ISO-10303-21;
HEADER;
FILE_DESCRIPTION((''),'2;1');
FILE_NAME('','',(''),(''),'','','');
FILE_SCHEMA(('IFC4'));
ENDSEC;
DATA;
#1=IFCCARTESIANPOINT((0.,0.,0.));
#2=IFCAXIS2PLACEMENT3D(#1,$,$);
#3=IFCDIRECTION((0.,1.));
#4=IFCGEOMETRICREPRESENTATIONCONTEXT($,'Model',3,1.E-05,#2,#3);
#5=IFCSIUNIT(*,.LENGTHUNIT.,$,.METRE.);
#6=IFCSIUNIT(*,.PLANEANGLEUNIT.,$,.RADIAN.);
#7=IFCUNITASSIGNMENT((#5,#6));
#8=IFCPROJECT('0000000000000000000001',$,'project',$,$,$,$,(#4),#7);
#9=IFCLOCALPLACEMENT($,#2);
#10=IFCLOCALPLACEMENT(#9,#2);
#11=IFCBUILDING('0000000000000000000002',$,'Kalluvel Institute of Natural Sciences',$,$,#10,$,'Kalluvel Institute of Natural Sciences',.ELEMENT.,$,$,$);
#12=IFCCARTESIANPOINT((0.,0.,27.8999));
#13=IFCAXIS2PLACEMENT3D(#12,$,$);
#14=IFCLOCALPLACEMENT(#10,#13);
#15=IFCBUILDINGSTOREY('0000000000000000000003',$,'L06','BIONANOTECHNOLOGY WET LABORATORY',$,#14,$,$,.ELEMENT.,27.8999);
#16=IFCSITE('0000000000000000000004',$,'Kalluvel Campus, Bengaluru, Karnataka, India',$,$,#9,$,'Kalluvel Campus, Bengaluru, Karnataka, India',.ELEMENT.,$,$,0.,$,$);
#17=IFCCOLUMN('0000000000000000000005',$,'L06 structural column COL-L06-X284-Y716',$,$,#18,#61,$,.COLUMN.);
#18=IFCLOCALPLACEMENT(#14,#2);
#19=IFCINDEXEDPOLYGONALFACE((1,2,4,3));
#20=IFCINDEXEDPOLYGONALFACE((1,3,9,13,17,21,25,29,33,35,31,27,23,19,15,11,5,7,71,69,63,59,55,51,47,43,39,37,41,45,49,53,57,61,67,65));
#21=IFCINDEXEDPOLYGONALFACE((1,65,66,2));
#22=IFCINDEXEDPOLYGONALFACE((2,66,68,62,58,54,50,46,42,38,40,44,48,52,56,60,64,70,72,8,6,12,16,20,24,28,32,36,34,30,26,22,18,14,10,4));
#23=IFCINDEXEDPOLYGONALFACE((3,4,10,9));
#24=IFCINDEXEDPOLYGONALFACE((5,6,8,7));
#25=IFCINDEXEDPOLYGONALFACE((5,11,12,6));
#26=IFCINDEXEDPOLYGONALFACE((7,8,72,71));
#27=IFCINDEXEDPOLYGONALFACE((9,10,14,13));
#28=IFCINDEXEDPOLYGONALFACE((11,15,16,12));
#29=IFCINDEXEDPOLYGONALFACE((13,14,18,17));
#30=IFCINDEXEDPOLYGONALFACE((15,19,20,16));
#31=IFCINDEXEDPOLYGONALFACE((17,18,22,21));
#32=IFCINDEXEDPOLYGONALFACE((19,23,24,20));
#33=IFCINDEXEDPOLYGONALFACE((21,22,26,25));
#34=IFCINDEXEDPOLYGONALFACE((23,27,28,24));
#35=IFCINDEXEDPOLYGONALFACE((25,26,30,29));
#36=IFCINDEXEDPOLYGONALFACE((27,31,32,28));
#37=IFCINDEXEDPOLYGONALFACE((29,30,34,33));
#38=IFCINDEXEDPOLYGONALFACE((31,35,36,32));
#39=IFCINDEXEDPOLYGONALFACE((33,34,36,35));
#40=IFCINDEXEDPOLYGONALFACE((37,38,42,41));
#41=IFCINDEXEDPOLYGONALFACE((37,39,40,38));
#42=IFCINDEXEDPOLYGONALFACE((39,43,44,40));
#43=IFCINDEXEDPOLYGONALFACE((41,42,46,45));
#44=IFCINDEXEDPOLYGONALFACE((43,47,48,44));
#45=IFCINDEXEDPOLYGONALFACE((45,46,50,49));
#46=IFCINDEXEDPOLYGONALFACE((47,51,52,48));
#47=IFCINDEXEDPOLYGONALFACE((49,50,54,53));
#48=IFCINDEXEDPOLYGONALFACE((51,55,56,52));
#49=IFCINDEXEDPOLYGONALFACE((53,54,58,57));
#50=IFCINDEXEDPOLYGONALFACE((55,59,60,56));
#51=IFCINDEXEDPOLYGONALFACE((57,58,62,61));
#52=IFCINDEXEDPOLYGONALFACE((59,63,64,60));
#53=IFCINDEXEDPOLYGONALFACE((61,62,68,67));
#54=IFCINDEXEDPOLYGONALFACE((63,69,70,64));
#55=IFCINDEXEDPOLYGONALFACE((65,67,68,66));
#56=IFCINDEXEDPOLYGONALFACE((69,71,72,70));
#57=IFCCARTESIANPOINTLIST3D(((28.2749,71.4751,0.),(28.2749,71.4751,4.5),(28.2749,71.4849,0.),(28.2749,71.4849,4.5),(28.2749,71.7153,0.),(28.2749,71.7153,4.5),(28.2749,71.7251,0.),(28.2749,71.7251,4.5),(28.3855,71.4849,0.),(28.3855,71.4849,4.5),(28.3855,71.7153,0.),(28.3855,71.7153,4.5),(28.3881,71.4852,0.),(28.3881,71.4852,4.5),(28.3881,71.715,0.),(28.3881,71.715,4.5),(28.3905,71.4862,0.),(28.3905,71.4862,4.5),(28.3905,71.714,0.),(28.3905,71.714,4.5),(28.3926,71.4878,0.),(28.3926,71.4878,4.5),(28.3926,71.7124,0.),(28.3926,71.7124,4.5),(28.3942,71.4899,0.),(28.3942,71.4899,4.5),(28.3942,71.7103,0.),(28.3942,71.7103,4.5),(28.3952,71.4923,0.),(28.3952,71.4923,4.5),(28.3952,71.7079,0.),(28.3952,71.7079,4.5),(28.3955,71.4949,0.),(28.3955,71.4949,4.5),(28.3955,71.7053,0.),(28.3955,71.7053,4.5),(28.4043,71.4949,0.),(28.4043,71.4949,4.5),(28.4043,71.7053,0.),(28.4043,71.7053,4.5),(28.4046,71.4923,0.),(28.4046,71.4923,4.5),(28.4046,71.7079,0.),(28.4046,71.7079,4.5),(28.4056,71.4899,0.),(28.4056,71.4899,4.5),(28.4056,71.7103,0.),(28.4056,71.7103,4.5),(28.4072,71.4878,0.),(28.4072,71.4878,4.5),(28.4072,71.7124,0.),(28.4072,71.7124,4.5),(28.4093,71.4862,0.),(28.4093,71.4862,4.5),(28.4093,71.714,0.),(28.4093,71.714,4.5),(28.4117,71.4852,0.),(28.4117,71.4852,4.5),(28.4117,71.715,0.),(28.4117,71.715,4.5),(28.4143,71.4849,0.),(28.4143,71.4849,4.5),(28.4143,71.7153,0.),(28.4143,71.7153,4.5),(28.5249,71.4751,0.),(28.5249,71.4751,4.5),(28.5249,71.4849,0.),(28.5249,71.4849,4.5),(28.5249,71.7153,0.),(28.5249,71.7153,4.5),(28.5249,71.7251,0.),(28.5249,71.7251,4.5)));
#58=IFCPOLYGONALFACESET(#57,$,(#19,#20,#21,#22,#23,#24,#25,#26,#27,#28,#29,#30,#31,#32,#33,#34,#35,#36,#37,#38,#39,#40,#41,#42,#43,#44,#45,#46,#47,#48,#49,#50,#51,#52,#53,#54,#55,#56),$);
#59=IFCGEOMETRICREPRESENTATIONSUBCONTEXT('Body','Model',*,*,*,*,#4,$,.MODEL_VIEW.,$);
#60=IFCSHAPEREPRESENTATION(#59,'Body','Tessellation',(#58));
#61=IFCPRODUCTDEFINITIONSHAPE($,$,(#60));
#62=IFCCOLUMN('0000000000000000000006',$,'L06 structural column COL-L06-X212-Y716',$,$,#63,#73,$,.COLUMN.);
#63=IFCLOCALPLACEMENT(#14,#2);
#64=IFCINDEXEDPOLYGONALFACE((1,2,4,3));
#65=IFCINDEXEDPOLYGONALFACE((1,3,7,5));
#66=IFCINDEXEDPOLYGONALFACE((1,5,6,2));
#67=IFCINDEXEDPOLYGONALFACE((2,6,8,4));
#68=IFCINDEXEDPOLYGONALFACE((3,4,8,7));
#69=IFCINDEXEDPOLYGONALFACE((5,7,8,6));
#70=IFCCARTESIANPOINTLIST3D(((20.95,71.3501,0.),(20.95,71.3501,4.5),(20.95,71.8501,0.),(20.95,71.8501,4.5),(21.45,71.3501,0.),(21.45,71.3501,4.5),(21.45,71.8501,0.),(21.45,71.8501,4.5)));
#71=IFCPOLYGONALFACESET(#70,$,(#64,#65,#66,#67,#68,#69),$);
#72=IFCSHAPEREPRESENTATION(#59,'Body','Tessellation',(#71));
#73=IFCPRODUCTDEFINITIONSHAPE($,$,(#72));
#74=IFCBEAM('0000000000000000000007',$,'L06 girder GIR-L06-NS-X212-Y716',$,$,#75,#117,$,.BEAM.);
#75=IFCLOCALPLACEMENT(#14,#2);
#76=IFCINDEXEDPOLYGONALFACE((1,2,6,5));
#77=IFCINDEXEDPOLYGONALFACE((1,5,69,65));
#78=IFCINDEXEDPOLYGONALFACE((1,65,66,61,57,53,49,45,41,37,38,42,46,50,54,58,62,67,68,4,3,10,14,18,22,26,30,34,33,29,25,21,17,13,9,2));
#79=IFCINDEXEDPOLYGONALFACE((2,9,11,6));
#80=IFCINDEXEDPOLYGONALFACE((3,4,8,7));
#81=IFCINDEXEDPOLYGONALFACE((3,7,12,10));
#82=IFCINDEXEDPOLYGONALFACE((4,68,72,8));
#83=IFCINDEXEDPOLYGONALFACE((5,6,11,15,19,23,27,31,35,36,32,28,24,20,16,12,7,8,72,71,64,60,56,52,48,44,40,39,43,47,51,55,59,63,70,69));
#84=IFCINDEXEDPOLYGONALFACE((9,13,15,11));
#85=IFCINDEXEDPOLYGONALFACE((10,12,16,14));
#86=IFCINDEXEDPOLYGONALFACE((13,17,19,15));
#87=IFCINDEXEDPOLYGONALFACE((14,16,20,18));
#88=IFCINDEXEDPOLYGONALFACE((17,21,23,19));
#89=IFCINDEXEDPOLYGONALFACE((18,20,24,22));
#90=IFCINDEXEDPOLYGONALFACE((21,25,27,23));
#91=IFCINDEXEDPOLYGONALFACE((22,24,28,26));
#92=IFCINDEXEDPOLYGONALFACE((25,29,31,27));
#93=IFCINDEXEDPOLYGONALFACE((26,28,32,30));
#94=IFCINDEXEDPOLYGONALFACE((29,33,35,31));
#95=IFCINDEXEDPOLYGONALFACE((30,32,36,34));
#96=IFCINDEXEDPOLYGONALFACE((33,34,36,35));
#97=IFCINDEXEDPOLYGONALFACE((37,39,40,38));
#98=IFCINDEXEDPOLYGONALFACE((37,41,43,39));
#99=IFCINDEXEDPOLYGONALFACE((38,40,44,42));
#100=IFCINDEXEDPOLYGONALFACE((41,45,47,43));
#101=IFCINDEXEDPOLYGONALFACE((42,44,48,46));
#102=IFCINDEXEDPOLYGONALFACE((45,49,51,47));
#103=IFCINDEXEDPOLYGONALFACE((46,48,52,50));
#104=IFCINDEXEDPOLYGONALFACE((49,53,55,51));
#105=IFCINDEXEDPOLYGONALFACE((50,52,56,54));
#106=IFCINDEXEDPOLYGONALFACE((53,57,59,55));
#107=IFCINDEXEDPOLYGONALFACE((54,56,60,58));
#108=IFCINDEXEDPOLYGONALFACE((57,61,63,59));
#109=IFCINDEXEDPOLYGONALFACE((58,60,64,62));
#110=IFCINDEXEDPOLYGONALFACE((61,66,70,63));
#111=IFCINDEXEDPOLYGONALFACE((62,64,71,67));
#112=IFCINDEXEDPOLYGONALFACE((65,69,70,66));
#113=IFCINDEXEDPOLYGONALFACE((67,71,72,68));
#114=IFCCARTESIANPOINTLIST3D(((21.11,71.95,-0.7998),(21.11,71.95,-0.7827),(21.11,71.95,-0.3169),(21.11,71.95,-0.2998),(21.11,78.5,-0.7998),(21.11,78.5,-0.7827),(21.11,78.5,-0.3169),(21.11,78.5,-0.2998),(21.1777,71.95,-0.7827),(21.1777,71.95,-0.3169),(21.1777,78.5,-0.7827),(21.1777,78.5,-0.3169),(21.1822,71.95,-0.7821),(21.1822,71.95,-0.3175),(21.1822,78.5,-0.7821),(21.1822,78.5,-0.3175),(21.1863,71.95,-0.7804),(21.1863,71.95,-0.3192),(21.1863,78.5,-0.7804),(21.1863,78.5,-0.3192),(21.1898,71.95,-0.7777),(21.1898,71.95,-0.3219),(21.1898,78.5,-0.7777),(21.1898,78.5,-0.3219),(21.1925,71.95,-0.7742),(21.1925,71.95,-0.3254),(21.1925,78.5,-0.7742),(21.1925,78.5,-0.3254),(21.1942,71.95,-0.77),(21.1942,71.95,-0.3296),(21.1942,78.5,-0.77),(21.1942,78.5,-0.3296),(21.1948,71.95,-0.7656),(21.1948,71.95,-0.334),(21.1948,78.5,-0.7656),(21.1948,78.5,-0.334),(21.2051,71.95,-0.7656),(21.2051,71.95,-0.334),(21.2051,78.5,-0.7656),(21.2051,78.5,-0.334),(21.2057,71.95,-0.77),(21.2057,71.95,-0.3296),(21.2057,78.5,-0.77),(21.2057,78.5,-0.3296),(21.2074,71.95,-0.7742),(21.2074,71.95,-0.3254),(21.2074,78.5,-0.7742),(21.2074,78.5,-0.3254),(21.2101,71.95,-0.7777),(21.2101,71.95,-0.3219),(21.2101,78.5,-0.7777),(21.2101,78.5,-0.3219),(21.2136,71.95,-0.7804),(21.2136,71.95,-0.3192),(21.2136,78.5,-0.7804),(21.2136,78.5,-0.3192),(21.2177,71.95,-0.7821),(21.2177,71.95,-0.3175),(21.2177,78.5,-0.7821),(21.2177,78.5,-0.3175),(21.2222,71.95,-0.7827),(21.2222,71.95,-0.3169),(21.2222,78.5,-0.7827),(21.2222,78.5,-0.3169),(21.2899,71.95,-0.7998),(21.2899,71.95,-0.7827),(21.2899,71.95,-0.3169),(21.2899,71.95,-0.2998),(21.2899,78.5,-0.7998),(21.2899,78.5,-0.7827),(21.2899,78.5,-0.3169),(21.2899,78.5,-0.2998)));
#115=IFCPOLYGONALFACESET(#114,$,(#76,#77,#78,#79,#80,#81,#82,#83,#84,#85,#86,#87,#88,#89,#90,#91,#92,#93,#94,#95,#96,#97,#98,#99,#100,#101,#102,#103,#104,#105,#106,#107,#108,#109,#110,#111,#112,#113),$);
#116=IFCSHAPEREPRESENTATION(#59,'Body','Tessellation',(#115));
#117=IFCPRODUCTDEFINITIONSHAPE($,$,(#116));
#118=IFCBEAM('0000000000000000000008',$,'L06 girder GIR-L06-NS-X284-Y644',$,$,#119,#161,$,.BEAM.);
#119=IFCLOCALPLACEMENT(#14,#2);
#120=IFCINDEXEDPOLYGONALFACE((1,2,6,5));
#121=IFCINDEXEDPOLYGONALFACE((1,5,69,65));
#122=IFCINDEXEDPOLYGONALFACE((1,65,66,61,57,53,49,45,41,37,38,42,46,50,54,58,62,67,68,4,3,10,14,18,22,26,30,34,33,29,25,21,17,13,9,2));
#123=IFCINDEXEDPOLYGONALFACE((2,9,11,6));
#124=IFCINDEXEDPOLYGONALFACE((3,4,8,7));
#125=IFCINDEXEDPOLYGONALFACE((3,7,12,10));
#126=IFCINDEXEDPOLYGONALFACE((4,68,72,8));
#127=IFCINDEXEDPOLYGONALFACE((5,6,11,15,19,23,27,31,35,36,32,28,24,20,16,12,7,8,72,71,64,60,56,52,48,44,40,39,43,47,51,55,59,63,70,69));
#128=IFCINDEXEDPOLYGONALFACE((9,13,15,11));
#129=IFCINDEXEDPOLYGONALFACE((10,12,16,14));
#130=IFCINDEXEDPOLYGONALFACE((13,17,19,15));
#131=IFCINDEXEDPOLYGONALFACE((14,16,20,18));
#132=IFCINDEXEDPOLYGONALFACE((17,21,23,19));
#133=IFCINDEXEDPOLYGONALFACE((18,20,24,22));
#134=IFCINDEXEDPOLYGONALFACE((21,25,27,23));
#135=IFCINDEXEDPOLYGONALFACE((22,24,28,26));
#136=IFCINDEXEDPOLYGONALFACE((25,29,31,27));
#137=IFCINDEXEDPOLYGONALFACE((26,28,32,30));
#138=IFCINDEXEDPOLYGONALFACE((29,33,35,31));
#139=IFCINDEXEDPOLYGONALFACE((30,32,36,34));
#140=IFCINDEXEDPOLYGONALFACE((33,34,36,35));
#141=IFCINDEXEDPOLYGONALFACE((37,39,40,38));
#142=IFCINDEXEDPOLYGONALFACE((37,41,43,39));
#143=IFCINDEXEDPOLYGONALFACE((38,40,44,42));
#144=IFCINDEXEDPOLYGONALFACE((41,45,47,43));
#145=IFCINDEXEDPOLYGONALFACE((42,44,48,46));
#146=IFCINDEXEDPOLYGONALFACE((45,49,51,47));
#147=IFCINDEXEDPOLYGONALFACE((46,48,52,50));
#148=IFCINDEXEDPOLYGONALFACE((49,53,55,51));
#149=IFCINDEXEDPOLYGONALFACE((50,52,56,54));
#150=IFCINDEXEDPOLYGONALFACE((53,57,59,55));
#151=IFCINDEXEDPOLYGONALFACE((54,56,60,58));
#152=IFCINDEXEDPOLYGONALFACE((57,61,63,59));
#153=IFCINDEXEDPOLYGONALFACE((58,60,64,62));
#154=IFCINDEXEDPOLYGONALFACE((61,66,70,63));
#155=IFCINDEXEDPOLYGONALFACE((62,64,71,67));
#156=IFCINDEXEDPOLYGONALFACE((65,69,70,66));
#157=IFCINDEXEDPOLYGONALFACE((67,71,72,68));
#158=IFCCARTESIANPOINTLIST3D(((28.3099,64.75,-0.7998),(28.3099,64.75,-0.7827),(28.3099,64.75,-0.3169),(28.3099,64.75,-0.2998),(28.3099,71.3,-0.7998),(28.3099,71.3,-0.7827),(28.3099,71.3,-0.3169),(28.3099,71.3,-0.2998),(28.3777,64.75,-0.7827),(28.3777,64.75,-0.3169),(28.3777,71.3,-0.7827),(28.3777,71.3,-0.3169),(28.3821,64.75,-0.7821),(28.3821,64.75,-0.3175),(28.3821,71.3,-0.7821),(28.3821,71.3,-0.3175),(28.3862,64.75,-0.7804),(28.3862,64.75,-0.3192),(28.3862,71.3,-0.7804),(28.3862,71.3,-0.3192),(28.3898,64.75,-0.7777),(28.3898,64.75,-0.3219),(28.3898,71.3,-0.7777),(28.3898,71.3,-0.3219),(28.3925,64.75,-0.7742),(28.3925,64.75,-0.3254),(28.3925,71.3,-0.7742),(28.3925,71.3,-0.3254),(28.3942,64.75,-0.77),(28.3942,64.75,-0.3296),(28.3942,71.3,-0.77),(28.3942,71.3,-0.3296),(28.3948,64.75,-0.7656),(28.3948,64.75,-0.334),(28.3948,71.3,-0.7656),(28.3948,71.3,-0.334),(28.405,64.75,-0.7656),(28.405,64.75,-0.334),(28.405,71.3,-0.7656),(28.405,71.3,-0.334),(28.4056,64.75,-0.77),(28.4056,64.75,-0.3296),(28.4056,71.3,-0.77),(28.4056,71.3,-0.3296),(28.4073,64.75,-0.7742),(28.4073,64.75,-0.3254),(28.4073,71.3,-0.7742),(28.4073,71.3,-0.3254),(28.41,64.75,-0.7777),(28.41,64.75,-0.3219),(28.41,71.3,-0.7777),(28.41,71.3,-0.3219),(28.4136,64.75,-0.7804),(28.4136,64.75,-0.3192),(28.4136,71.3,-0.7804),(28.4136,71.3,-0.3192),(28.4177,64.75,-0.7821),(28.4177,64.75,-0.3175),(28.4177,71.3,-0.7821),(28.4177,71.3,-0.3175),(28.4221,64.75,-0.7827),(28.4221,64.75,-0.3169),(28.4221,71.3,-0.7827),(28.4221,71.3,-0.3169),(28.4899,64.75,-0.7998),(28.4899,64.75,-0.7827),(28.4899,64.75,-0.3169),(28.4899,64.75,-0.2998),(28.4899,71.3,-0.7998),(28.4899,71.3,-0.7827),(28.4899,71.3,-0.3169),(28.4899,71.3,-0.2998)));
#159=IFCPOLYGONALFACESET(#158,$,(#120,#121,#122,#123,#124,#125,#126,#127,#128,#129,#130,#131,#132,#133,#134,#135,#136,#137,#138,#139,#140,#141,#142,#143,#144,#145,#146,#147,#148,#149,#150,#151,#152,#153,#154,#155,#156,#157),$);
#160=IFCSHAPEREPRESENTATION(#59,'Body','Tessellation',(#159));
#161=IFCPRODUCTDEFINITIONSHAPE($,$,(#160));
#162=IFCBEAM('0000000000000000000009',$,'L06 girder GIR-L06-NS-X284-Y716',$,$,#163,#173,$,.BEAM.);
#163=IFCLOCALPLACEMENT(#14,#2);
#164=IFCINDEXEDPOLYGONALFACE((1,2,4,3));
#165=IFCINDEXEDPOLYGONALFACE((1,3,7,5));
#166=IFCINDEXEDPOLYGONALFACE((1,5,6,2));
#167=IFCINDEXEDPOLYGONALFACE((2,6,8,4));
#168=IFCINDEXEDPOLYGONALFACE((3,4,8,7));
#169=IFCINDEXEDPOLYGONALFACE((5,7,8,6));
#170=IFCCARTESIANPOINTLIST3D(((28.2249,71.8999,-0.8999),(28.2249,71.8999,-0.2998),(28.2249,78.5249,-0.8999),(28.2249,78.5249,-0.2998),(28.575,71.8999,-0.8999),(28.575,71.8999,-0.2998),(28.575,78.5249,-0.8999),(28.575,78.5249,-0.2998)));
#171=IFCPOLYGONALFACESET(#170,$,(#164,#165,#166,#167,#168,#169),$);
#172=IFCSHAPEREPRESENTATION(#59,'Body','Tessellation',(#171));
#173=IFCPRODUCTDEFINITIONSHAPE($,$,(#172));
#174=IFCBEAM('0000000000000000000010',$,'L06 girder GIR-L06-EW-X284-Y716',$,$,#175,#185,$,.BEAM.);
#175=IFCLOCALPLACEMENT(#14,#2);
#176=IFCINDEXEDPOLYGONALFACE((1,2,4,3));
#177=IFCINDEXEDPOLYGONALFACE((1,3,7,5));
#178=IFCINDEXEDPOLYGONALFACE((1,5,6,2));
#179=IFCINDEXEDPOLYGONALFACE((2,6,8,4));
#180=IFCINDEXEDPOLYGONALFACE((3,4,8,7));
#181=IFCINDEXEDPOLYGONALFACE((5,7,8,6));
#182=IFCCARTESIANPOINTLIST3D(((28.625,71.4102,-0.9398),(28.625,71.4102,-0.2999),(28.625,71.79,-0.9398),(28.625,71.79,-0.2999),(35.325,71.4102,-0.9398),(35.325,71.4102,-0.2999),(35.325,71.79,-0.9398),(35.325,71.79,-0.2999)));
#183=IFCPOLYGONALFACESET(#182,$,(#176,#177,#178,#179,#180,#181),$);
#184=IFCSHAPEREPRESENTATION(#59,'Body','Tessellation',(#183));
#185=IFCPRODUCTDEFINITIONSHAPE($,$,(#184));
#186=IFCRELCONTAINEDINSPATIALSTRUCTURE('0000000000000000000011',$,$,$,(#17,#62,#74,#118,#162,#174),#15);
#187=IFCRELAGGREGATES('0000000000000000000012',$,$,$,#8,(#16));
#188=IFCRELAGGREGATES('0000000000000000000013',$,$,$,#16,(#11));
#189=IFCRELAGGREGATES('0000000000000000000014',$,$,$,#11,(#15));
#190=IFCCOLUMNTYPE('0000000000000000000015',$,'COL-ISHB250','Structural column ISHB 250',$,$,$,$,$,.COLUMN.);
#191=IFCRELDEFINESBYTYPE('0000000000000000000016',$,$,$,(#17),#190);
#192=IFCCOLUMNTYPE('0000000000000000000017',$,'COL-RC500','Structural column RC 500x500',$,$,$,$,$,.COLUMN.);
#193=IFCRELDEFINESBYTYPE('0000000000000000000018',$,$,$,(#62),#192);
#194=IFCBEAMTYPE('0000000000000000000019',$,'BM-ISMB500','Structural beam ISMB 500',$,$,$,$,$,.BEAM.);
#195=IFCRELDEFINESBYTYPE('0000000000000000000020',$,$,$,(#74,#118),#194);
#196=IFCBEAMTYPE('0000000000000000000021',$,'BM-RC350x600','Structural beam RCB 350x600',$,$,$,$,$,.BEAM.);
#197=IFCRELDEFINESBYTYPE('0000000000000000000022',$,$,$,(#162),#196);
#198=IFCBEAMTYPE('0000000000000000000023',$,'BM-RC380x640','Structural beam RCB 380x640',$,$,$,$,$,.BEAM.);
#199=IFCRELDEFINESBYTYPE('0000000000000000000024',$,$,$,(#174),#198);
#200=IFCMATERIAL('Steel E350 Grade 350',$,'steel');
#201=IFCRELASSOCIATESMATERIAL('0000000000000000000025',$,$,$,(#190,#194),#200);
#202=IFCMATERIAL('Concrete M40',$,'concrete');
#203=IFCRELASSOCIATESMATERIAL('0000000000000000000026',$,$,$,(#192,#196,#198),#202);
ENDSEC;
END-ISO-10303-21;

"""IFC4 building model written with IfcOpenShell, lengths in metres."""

from ifc_helpers import new_model, si_unit, direction, frame, origin, origin_2d, place, context, subcontext, project, spatial, rectangle, i_section, extrude, material, material_profile, profile_set, type_object, element, save


model = new_model("IFC4")

# Units and contexts
model_context = context("Model", 3, precision=1e-05, world=origin(), true_north=direction((0.0, 1.0)))
body_context = subcontext(model_context, "Body", "Model", "MODEL_VIEW")
ifc_project = project(units=[si_unit("LENGTHUNIT", "METRE"), si_unit("PLANEANGLEUNIT", "RADIAN")], contexts=[model_context])

# Site, building, storey
site_placement = place(None, origin())
site = spatial("IfcSite", under=ifc_project, at=site_placement, Name="Kalluvel Campus, Bengaluru, Karnataka, India", LongName="Kalluvel Campus, Bengaluru, Karnataka, India", CompositionType="ELEMENT", RefElevation=0.0)
building_placement = place(site_placement, origin())
building = spatial("IfcBuilding", under=site, at=building_placement, Name="Kalluvel Institute of Natural Sciences", LongName="Kalluvel Institute of Natural Sciences", CompositionType="ELEMENT")
storey_placement = place(building_placement, frame((0.0, 0.0, 27.8999)))
storey = spatial("IfcBuildingStorey", under=building, at=storey_placement, Name="L06", Description="BIONANOTECHNOLOGY WET LABORATORY", CompositionType="ELEMENT", Elevation=27.8999)

# Columns
ifc_material_1 = material(Name="Steel E350 Grade 350", Category="steel")
ifc_material_profile_1 = material_profile(ifc_material_1, i_section(OverallWidth=0.25, OverallDepth=0.25, WebThickness=0.0088, FlangeThickness=0.0098, FilletRadius=0.01, at=origin_2d()), Name="ISHB 250")
ifc_profile_set_1 = profile_set([ifc_material_profile_1], Name="Steel E350 Grade 350")
column_type_1 = type_object("IfcColumnType", Name="COL-ISHB250", Description="Structural column ISHB 250", PredefinedType="COLUMN", material=ifc_profile_set_1)
column_1_placement = place(storey_placement, frame((28.3999, 71.6001, 0.0), z_axis=(0.0, 0.0, 1.0), x_axis=(1.0, 0.0, 0.0)))
element("IfcColumn", 1, at=column_1_placement, inside=storey, type_object=column_type_1, Name="L06 structural column COL-L06-X284-Y716", PredefinedType="COLUMN", context=body_context, shape_type="SweptSolid", body=[
    extrude(i_section(OverallWidth=0.25, OverallDepth=0.25, WebThickness=0.0088, FlangeThickness=0.0098, FilletRadius=0.01, at=origin_2d()), origin(), (0.0, 0.0, 1.0), 4.5),
])
ifc_material_2 = material(Name="Concrete M40", Category="concrete")
ifc_material_profile_2 = material_profile(ifc_material_2, rectangle(XDim=0.5, YDim=0.5, at=origin_2d()), Name="RC 500x500")
ifc_profile_set_2 = profile_set([ifc_material_profile_2], Name="Concrete M40")
column_type_2 = type_object("IfcColumnType", Name="COL-RC500", Description="Structural column RC 500x500", PredefinedType="COLUMN", material=ifc_profile_set_2)
column_2_placement = place(storey_placement, frame((21.2, 71.6001, 0.0), z_axis=(0.0, 0.0, 1.0), x_axis=(1.0, 0.0, 0.0)))
element("IfcColumn", 2, at=column_2_placement, inside=storey, type_object=column_type_2, Name="L06 structural column COL-L06-X212-Y716", PredefinedType="COLUMN", context=body_context, shape_type="SweptSolid", body=[
    extrude(rectangle(XDim=0.5, YDim=0.5, at=origin_2d()), origin(), (0.0, 0.0, 1.0), 4.5),
])

# Beams
ifc_material_profile_3 = material_profile(ifc_material_1, i_section(OverallWidth=0.1799, OverallDepth=0.5, WebThickness=0.0103, FlangeThickness=0.0171, FilletRadius=0.0171, at=origin_2d()), Name="ISMB 500")
ifc_profile_set_3 = profile_set([ifc_material_profile_3], Name="Steel E350 Grade 350")
beam_type_1 = type_object("IfcBeamType", Name="BM-ISMB500", Description="Structural beam ISMB 500", PredefinedType="BEAM", material=ifc_profile_set_3)
for number, where, z_axis, x_axis, name in (
    (3, (21.2, 71.95, -0.5498), (0.0, 1.0, 0.0), (-1.0, 0.0, 0.0), "L06 girder GIR-L06-NS-X212-Y716"),
    (4, (28.3999, 64.75, -0.5498), (0.0, 1.0, 0.0), (-1.0, 0.0, 0.0), "L06 girder GIR-L06-NS-X284-Y644"),
):
    element("IfcBeam", number, at=place(storey_placement, frame(where, z_axis=z_axis, x_axis=x_axis)), inside=storey, type_object=beam_type_1, Name=name, PredefinedType="BEAM", context=body_context, shape_type="SweptSolid", body=[
        extrude(i_section(OverallWidth=0.1799, OverallDepth=0.5, WebThickness=0.0103, FlangeThickness=0.0171, FilletRadius=0.0171, at=origin_2d()), origin(), (0.0, 0.0, 1.0), 6.55),
    ])
ifc_material_profile_4 = material_profile(ifc_material_2, rectangle(XDim=0.3501, YDim=0.6001, at=origin_2d()), Name="RCB 350x600")
ifc_profile_set_4 = profile_set([ifc_material_profile_4], Name="Concrete M40")
beam_type_2 = type_object("IfcBeamType", Name="BM-RC350x600", Description="Structural beam RCB 350x600", PredefinedType="BEAM", material=ifc_profile_set_4)
beam_1_placement = place(storey_placement, frame((28.3999, 71.8999, -0.5999), z_axis=(0.0, 1.0, 0.0), x_axis=(-1.0, 0.0, 0.0)))
element("IfcBeam", 5, at=beam_1_placement, inside=storey, type_object=beam_type_2, Name="L06 girder GIR-L06-NS-X284-Y716", PredefinedType="BEAM", context=body_context, shape_type="SweptSolid", body=[
    extrude(rectangle(XDim=0.3501, YDim=0.6001, at=origin_2d()), origin(), (0.0, 0.0, 1.0), 6.625),
])
ifc_material_profile_5 = material_profile(ifc_material_2, rectangle(XDim=0.3799, YDim=0.6399, at=origin_2d()), Name="RCB 380x640")
ifc_profile_set_5 = profile_set([ifc_material_profile_5], Name="Concrete M40")
beam_type_3 = type_object("IfcBeamType", Name="BM-RC380x640", Description="Structural beam RCB 380x640", PredefinedType="BEAM", material=ifc_profile_set_5)
beam_2_placement = place(storey_placement, frame((28.625, 71.6001, -0.6199), z_axis=(1.0, 0.0, 0.0), x_axis=(0.0, 1.0, 0.0)))
element("IfcBeam", 6, at=beam_2_placement, inside=storey, type_object=beam_type_3, Name="L06 girder GIR-L06-EW-X284-Y716", PredefinedType="BEAM", context=body_context, shape_type="SweptSolid", body=[
    extrude(rectangle(XDim=0.3799, YDim=0.6399, at=origin_2d()), origin(), (0.0, 0.0, 1.0), 6.7),
])

save(model, "model.ifc")
